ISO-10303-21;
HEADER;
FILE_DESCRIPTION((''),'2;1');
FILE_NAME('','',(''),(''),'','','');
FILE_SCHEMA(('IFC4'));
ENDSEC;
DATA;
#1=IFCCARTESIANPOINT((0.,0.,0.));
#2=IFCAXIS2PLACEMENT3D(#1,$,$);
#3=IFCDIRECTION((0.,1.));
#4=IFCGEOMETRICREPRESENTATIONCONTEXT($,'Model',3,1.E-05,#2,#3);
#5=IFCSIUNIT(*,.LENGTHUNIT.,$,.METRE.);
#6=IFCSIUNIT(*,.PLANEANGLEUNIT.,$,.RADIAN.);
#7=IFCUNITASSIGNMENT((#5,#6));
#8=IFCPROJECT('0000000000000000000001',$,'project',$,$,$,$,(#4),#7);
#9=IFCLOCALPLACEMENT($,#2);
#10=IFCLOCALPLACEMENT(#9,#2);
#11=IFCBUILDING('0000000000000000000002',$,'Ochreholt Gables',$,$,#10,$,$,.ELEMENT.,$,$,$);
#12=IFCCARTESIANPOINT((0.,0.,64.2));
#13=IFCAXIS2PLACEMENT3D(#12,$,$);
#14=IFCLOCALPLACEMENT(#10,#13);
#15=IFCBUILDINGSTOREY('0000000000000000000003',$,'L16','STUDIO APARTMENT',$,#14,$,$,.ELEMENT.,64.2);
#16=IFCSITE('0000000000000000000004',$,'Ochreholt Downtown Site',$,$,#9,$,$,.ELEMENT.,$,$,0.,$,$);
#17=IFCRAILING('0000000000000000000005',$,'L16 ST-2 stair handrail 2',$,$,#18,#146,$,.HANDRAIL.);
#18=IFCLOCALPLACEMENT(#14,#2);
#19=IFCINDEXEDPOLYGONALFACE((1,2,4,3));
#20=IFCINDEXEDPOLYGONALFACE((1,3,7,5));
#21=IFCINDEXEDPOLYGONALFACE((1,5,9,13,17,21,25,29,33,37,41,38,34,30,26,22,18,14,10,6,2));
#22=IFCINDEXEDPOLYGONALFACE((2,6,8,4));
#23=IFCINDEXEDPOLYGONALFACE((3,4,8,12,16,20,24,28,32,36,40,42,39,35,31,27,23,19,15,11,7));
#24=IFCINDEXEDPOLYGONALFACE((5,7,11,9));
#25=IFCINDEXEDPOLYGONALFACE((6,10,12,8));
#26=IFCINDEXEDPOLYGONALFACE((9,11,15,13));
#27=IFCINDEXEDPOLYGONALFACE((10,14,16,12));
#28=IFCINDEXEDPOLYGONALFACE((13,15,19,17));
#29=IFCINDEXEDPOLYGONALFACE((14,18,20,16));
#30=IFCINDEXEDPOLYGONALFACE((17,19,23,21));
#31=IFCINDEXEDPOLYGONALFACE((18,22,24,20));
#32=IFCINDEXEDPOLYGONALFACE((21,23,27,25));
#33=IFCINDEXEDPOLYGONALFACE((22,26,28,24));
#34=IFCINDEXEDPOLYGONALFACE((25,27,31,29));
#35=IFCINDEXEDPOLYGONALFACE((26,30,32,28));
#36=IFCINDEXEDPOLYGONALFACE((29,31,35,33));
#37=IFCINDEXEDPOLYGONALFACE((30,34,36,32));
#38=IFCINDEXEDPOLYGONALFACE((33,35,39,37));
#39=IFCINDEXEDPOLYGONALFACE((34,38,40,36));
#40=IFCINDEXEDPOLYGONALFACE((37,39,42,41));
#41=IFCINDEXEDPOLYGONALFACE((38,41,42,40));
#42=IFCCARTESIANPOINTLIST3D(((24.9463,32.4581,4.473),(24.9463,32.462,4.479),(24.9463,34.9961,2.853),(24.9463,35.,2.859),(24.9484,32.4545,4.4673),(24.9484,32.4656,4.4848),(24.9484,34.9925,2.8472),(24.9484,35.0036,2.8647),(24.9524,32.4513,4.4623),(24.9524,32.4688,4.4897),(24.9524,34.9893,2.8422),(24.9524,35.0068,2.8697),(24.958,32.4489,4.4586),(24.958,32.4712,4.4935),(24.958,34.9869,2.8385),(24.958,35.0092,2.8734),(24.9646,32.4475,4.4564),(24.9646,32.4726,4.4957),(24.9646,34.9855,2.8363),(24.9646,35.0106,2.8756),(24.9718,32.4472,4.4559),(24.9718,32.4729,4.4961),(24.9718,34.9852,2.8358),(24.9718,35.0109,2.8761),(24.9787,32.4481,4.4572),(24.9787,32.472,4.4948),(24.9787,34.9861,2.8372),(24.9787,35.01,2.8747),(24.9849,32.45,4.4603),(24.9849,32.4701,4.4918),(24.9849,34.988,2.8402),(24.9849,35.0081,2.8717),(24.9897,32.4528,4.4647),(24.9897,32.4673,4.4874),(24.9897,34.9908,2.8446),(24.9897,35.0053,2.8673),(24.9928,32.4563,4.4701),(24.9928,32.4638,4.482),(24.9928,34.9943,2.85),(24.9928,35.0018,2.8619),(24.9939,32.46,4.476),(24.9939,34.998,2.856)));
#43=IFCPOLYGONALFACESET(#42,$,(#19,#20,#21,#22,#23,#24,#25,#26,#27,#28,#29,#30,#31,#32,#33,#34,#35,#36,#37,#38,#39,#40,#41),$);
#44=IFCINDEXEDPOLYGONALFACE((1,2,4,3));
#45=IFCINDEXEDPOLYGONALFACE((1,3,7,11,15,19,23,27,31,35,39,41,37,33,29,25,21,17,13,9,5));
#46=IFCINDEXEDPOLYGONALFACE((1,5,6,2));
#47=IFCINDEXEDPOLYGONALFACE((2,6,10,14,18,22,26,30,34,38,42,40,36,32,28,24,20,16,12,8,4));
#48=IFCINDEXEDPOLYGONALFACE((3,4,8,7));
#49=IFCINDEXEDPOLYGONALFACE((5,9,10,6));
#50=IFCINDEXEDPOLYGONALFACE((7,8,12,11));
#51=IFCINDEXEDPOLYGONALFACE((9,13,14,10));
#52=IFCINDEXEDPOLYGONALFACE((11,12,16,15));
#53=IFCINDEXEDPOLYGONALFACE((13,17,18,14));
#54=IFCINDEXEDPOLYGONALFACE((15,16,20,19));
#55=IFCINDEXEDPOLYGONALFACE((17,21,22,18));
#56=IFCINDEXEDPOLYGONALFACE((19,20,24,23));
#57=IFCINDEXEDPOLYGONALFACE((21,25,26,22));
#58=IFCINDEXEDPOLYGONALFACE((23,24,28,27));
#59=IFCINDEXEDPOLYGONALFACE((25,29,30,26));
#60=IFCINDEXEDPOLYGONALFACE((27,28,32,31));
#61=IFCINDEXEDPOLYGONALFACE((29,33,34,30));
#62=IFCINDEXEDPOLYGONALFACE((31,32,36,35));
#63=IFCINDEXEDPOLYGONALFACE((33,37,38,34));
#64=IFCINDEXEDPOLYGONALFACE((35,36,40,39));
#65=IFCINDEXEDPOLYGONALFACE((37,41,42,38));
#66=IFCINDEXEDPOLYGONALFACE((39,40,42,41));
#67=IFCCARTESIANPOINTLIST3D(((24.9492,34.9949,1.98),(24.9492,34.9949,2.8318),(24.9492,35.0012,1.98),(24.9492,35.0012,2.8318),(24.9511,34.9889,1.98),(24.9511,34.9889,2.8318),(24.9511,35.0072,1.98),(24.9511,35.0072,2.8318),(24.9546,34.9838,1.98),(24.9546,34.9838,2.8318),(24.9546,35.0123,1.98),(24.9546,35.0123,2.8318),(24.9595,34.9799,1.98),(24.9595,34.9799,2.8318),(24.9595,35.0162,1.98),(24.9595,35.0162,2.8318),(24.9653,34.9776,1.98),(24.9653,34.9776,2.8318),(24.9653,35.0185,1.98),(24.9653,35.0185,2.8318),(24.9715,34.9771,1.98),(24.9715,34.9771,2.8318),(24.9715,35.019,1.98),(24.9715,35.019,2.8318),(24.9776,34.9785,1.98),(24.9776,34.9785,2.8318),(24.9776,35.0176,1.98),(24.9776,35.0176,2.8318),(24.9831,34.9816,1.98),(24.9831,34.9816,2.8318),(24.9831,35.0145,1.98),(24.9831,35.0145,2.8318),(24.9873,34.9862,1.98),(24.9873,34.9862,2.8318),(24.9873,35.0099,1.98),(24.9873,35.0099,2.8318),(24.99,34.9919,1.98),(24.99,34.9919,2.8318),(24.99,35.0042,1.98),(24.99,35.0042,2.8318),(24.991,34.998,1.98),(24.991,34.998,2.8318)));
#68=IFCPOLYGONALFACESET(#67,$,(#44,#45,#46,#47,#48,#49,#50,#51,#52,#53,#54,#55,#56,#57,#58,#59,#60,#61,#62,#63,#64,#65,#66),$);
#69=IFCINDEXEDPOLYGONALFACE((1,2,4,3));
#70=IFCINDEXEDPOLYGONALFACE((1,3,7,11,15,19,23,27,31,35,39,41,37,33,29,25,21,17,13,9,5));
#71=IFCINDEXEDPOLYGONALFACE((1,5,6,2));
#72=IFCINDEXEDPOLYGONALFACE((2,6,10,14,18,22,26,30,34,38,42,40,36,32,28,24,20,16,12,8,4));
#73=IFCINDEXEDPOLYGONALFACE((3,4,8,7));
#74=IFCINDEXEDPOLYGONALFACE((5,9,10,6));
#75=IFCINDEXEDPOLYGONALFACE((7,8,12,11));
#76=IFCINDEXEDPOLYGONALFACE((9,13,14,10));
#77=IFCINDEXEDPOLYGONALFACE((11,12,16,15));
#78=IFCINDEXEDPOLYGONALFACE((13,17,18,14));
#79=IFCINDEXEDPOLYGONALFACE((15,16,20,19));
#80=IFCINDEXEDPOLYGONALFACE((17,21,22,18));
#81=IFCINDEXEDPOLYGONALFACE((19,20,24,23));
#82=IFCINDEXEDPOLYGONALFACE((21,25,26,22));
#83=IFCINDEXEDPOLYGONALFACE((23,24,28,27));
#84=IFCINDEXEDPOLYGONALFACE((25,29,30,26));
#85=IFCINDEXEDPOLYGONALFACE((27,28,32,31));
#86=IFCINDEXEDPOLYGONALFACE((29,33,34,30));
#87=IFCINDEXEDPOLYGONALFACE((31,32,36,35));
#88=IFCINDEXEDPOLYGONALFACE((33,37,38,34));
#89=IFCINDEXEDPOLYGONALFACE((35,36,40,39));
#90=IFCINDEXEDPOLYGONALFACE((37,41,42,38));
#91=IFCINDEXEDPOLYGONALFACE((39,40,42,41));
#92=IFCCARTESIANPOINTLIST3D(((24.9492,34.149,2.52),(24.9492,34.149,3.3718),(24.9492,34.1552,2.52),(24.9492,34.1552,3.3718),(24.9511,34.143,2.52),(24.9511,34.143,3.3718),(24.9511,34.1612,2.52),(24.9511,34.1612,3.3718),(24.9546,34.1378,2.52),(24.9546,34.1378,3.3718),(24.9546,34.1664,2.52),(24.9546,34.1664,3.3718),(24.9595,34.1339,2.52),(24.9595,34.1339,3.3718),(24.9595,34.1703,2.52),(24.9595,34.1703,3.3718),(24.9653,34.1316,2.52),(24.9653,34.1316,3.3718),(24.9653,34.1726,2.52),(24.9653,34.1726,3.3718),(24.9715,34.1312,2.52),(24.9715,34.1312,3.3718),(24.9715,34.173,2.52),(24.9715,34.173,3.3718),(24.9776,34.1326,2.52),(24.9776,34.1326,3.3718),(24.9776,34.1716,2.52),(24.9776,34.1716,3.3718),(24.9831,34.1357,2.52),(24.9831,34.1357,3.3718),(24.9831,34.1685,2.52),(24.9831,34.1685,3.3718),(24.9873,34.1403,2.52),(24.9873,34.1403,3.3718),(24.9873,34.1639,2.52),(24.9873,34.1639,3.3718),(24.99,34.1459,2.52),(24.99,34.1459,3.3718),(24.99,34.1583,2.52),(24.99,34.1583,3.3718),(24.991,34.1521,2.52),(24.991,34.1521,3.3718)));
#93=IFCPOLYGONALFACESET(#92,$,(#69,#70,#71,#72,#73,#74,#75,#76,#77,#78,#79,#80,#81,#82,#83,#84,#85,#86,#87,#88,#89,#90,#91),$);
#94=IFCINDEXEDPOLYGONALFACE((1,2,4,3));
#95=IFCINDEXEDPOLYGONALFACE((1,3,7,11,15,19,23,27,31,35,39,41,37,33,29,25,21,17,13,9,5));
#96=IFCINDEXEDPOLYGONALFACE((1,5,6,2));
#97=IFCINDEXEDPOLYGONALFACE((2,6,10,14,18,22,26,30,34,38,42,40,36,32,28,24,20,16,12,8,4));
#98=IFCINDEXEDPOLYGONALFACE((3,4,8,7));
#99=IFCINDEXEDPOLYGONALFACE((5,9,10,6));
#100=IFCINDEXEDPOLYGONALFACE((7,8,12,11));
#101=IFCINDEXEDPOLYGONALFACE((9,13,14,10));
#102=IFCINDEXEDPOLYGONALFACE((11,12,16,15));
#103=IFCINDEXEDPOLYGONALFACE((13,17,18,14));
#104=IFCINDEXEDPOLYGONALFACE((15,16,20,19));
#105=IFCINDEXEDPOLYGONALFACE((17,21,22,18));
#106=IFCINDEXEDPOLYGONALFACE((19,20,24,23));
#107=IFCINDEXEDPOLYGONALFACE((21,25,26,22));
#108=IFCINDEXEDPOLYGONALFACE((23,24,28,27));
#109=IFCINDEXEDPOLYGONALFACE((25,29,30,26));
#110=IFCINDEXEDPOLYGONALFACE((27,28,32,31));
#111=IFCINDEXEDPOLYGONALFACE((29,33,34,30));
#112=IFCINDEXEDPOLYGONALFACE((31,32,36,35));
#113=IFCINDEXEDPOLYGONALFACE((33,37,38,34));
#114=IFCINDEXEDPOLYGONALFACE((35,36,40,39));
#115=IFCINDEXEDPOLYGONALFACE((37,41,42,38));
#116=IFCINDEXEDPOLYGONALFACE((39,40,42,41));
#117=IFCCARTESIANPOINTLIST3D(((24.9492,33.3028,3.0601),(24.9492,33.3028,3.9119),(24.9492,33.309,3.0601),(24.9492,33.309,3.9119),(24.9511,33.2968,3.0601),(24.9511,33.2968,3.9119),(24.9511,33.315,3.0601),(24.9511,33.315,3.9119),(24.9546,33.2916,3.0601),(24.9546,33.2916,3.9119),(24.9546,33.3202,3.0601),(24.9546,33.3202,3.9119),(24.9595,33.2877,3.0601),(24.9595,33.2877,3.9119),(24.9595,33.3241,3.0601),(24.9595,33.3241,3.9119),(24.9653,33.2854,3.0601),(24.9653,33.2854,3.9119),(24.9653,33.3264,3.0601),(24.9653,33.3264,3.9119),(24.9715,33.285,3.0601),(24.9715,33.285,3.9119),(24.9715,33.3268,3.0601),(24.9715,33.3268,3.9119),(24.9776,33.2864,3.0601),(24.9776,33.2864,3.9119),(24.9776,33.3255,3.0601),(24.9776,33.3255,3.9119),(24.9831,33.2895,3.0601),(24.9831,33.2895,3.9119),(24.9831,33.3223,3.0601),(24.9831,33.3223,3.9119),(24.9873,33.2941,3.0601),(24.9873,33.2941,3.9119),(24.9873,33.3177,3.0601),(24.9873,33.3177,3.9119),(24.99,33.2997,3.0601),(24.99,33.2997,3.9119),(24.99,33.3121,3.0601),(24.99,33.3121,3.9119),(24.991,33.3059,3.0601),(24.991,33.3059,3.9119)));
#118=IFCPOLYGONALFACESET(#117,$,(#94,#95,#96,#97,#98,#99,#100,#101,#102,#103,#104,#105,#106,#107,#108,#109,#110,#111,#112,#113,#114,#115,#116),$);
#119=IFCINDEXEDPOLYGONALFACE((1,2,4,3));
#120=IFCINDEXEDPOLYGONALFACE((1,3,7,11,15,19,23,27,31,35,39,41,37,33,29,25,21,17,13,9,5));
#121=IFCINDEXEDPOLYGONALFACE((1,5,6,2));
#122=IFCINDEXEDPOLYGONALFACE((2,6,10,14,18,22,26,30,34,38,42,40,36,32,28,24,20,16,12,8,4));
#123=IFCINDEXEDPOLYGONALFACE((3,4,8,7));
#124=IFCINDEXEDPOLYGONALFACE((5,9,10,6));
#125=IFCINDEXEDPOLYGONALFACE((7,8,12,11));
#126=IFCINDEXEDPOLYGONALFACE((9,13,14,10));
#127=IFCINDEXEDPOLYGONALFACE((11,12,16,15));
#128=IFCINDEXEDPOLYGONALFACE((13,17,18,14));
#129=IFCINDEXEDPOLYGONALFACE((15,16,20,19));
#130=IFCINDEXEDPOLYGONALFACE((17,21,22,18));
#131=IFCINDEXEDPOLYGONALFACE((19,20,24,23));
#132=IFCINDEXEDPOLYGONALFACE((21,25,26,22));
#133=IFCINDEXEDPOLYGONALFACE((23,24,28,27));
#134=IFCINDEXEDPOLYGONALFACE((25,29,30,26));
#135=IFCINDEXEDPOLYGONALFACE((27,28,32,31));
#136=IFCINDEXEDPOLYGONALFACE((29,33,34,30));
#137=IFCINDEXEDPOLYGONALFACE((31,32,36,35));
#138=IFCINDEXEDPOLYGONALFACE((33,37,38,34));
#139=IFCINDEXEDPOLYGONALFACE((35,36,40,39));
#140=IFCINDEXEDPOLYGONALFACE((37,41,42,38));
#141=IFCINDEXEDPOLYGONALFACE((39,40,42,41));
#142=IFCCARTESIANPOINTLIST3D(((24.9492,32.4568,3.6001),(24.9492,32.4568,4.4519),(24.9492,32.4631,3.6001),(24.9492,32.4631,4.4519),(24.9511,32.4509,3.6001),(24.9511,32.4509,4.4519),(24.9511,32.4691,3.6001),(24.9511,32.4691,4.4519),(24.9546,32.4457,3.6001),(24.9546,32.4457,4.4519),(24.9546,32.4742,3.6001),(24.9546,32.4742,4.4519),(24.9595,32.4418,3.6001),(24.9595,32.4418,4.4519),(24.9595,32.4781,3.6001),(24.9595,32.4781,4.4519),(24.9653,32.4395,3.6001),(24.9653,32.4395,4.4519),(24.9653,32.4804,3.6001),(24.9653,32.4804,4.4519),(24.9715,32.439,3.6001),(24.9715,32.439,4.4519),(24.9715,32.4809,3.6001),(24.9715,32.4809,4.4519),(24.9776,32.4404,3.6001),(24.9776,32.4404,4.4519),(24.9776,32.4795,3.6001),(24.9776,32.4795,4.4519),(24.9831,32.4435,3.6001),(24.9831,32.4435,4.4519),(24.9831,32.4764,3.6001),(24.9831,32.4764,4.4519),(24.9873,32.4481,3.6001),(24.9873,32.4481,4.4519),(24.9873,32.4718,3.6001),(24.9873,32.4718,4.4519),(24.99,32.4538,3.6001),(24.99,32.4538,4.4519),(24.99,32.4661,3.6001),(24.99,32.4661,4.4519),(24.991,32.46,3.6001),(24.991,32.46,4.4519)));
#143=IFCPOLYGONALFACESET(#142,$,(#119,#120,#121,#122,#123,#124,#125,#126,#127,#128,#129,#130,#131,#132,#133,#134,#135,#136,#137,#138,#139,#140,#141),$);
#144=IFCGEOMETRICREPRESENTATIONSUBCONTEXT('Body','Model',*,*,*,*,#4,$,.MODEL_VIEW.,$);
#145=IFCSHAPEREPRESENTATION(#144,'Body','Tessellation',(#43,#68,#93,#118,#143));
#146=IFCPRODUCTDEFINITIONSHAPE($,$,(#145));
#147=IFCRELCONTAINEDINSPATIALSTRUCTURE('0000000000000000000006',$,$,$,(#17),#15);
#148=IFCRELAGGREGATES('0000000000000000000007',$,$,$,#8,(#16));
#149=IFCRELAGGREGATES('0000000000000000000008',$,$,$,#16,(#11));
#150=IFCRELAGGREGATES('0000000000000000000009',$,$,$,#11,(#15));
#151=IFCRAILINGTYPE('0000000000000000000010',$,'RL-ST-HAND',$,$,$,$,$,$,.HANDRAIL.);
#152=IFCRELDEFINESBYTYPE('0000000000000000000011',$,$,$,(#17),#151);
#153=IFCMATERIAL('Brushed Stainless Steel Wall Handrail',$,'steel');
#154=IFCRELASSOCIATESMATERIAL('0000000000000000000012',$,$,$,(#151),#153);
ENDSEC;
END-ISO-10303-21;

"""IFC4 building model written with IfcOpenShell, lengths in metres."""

from ifc_helpers import new_model, si_unit, direction, frame, origin, origin_2d, place, context, subcontext, project, spatial, circle, extrude, material, type_object, element, save


model = new_model("IFC4")

# Units and contexts
model_context = context("Model", 3, precision=1e-05, world=origin(), true_north=direction((0.0, 1.0)))
body_context = subcontext(model_context, "Body", "Model", "MODEL_VIEW")
ifc_project = project(units=[si_unit("LENGTHUNIT", "METRE"), si_unit("PLANEANGLEUNIT", "RADIAN")], contexts=[model_context])

# Site, building, storey
site_placement = place(None, origin())
site = spatial("IfcSite", under=ifc_project, at=site_placement, Name="Ochreholt Downtown Site", CompositionType="ELEMENT", RefElevation=0.0)
building_placement = place(site_placement, origin())
building = spatial("IfcBuilding", under=site, at=building_placement, Name="Ochreholt Gables", CompositionType="ELEMENT")
storey_placement = place(building_placement, frame((0.0, 0.0, 64.2)))
storey = spatial("IfcBuildingStorey", under=building, at=storey_placement, Name="L16", Description="STUDIO APARTMENT", CompositionType="ELEMENT", Elevation=64.2)

# Railing
ifc_material_1 = material(Name="Brushed Stainless Steel Wall Handrail", Category="steel")
railing_type = type_object("IfcRailingType", Name="RL-ST-HAND", PredefinedType="HANDRAIL", material=ifc_material_1)
railing_placement = place(storey_placement, frame((24.97, 34.998, 1.98)))
element("IfcRailing", 1, at=railing_placement, inside=storey, type_object=railing_type, Name="L16 ST-2 stair handrail 2", PredefinedType="HANDRAIL", context=body_context, shape_type="SweptSolid", body=[
    extrude(circle(Radius=0.0239, at=origin_2d()), frame((0.0, 0.0, 0.876), z_axis=(0.0, -0.842913, 0.53805), x_axis=(1.0, 0.0, 0.0)), (0.0, 0.0, 1.0), 3.011),
    extrude(circle(Radius=0.021, at=origin_2d()), origin(), (0.0, 0.0, 1.0), 0.8518),
    extrude(circle(Radius=0.021, at=origin_2d()), frame((0.0, -0.8459, 0.54)), (0.0, 0.0, 1.0), 0.8518),
    extrude(circle(Radius=0.021, at=origin_2d()), frame((0.0, -1.6921, 1.0801)), (0.0, 0.0, 1.0), 0.8518),
    extrude(circle(Radius=0.021, at=origin_2d()), frame((0.0, -2.5381, 1.6201)), (0.0, 0.0, 1.0), 0.8518),
])

save(model, "model.ifc")
